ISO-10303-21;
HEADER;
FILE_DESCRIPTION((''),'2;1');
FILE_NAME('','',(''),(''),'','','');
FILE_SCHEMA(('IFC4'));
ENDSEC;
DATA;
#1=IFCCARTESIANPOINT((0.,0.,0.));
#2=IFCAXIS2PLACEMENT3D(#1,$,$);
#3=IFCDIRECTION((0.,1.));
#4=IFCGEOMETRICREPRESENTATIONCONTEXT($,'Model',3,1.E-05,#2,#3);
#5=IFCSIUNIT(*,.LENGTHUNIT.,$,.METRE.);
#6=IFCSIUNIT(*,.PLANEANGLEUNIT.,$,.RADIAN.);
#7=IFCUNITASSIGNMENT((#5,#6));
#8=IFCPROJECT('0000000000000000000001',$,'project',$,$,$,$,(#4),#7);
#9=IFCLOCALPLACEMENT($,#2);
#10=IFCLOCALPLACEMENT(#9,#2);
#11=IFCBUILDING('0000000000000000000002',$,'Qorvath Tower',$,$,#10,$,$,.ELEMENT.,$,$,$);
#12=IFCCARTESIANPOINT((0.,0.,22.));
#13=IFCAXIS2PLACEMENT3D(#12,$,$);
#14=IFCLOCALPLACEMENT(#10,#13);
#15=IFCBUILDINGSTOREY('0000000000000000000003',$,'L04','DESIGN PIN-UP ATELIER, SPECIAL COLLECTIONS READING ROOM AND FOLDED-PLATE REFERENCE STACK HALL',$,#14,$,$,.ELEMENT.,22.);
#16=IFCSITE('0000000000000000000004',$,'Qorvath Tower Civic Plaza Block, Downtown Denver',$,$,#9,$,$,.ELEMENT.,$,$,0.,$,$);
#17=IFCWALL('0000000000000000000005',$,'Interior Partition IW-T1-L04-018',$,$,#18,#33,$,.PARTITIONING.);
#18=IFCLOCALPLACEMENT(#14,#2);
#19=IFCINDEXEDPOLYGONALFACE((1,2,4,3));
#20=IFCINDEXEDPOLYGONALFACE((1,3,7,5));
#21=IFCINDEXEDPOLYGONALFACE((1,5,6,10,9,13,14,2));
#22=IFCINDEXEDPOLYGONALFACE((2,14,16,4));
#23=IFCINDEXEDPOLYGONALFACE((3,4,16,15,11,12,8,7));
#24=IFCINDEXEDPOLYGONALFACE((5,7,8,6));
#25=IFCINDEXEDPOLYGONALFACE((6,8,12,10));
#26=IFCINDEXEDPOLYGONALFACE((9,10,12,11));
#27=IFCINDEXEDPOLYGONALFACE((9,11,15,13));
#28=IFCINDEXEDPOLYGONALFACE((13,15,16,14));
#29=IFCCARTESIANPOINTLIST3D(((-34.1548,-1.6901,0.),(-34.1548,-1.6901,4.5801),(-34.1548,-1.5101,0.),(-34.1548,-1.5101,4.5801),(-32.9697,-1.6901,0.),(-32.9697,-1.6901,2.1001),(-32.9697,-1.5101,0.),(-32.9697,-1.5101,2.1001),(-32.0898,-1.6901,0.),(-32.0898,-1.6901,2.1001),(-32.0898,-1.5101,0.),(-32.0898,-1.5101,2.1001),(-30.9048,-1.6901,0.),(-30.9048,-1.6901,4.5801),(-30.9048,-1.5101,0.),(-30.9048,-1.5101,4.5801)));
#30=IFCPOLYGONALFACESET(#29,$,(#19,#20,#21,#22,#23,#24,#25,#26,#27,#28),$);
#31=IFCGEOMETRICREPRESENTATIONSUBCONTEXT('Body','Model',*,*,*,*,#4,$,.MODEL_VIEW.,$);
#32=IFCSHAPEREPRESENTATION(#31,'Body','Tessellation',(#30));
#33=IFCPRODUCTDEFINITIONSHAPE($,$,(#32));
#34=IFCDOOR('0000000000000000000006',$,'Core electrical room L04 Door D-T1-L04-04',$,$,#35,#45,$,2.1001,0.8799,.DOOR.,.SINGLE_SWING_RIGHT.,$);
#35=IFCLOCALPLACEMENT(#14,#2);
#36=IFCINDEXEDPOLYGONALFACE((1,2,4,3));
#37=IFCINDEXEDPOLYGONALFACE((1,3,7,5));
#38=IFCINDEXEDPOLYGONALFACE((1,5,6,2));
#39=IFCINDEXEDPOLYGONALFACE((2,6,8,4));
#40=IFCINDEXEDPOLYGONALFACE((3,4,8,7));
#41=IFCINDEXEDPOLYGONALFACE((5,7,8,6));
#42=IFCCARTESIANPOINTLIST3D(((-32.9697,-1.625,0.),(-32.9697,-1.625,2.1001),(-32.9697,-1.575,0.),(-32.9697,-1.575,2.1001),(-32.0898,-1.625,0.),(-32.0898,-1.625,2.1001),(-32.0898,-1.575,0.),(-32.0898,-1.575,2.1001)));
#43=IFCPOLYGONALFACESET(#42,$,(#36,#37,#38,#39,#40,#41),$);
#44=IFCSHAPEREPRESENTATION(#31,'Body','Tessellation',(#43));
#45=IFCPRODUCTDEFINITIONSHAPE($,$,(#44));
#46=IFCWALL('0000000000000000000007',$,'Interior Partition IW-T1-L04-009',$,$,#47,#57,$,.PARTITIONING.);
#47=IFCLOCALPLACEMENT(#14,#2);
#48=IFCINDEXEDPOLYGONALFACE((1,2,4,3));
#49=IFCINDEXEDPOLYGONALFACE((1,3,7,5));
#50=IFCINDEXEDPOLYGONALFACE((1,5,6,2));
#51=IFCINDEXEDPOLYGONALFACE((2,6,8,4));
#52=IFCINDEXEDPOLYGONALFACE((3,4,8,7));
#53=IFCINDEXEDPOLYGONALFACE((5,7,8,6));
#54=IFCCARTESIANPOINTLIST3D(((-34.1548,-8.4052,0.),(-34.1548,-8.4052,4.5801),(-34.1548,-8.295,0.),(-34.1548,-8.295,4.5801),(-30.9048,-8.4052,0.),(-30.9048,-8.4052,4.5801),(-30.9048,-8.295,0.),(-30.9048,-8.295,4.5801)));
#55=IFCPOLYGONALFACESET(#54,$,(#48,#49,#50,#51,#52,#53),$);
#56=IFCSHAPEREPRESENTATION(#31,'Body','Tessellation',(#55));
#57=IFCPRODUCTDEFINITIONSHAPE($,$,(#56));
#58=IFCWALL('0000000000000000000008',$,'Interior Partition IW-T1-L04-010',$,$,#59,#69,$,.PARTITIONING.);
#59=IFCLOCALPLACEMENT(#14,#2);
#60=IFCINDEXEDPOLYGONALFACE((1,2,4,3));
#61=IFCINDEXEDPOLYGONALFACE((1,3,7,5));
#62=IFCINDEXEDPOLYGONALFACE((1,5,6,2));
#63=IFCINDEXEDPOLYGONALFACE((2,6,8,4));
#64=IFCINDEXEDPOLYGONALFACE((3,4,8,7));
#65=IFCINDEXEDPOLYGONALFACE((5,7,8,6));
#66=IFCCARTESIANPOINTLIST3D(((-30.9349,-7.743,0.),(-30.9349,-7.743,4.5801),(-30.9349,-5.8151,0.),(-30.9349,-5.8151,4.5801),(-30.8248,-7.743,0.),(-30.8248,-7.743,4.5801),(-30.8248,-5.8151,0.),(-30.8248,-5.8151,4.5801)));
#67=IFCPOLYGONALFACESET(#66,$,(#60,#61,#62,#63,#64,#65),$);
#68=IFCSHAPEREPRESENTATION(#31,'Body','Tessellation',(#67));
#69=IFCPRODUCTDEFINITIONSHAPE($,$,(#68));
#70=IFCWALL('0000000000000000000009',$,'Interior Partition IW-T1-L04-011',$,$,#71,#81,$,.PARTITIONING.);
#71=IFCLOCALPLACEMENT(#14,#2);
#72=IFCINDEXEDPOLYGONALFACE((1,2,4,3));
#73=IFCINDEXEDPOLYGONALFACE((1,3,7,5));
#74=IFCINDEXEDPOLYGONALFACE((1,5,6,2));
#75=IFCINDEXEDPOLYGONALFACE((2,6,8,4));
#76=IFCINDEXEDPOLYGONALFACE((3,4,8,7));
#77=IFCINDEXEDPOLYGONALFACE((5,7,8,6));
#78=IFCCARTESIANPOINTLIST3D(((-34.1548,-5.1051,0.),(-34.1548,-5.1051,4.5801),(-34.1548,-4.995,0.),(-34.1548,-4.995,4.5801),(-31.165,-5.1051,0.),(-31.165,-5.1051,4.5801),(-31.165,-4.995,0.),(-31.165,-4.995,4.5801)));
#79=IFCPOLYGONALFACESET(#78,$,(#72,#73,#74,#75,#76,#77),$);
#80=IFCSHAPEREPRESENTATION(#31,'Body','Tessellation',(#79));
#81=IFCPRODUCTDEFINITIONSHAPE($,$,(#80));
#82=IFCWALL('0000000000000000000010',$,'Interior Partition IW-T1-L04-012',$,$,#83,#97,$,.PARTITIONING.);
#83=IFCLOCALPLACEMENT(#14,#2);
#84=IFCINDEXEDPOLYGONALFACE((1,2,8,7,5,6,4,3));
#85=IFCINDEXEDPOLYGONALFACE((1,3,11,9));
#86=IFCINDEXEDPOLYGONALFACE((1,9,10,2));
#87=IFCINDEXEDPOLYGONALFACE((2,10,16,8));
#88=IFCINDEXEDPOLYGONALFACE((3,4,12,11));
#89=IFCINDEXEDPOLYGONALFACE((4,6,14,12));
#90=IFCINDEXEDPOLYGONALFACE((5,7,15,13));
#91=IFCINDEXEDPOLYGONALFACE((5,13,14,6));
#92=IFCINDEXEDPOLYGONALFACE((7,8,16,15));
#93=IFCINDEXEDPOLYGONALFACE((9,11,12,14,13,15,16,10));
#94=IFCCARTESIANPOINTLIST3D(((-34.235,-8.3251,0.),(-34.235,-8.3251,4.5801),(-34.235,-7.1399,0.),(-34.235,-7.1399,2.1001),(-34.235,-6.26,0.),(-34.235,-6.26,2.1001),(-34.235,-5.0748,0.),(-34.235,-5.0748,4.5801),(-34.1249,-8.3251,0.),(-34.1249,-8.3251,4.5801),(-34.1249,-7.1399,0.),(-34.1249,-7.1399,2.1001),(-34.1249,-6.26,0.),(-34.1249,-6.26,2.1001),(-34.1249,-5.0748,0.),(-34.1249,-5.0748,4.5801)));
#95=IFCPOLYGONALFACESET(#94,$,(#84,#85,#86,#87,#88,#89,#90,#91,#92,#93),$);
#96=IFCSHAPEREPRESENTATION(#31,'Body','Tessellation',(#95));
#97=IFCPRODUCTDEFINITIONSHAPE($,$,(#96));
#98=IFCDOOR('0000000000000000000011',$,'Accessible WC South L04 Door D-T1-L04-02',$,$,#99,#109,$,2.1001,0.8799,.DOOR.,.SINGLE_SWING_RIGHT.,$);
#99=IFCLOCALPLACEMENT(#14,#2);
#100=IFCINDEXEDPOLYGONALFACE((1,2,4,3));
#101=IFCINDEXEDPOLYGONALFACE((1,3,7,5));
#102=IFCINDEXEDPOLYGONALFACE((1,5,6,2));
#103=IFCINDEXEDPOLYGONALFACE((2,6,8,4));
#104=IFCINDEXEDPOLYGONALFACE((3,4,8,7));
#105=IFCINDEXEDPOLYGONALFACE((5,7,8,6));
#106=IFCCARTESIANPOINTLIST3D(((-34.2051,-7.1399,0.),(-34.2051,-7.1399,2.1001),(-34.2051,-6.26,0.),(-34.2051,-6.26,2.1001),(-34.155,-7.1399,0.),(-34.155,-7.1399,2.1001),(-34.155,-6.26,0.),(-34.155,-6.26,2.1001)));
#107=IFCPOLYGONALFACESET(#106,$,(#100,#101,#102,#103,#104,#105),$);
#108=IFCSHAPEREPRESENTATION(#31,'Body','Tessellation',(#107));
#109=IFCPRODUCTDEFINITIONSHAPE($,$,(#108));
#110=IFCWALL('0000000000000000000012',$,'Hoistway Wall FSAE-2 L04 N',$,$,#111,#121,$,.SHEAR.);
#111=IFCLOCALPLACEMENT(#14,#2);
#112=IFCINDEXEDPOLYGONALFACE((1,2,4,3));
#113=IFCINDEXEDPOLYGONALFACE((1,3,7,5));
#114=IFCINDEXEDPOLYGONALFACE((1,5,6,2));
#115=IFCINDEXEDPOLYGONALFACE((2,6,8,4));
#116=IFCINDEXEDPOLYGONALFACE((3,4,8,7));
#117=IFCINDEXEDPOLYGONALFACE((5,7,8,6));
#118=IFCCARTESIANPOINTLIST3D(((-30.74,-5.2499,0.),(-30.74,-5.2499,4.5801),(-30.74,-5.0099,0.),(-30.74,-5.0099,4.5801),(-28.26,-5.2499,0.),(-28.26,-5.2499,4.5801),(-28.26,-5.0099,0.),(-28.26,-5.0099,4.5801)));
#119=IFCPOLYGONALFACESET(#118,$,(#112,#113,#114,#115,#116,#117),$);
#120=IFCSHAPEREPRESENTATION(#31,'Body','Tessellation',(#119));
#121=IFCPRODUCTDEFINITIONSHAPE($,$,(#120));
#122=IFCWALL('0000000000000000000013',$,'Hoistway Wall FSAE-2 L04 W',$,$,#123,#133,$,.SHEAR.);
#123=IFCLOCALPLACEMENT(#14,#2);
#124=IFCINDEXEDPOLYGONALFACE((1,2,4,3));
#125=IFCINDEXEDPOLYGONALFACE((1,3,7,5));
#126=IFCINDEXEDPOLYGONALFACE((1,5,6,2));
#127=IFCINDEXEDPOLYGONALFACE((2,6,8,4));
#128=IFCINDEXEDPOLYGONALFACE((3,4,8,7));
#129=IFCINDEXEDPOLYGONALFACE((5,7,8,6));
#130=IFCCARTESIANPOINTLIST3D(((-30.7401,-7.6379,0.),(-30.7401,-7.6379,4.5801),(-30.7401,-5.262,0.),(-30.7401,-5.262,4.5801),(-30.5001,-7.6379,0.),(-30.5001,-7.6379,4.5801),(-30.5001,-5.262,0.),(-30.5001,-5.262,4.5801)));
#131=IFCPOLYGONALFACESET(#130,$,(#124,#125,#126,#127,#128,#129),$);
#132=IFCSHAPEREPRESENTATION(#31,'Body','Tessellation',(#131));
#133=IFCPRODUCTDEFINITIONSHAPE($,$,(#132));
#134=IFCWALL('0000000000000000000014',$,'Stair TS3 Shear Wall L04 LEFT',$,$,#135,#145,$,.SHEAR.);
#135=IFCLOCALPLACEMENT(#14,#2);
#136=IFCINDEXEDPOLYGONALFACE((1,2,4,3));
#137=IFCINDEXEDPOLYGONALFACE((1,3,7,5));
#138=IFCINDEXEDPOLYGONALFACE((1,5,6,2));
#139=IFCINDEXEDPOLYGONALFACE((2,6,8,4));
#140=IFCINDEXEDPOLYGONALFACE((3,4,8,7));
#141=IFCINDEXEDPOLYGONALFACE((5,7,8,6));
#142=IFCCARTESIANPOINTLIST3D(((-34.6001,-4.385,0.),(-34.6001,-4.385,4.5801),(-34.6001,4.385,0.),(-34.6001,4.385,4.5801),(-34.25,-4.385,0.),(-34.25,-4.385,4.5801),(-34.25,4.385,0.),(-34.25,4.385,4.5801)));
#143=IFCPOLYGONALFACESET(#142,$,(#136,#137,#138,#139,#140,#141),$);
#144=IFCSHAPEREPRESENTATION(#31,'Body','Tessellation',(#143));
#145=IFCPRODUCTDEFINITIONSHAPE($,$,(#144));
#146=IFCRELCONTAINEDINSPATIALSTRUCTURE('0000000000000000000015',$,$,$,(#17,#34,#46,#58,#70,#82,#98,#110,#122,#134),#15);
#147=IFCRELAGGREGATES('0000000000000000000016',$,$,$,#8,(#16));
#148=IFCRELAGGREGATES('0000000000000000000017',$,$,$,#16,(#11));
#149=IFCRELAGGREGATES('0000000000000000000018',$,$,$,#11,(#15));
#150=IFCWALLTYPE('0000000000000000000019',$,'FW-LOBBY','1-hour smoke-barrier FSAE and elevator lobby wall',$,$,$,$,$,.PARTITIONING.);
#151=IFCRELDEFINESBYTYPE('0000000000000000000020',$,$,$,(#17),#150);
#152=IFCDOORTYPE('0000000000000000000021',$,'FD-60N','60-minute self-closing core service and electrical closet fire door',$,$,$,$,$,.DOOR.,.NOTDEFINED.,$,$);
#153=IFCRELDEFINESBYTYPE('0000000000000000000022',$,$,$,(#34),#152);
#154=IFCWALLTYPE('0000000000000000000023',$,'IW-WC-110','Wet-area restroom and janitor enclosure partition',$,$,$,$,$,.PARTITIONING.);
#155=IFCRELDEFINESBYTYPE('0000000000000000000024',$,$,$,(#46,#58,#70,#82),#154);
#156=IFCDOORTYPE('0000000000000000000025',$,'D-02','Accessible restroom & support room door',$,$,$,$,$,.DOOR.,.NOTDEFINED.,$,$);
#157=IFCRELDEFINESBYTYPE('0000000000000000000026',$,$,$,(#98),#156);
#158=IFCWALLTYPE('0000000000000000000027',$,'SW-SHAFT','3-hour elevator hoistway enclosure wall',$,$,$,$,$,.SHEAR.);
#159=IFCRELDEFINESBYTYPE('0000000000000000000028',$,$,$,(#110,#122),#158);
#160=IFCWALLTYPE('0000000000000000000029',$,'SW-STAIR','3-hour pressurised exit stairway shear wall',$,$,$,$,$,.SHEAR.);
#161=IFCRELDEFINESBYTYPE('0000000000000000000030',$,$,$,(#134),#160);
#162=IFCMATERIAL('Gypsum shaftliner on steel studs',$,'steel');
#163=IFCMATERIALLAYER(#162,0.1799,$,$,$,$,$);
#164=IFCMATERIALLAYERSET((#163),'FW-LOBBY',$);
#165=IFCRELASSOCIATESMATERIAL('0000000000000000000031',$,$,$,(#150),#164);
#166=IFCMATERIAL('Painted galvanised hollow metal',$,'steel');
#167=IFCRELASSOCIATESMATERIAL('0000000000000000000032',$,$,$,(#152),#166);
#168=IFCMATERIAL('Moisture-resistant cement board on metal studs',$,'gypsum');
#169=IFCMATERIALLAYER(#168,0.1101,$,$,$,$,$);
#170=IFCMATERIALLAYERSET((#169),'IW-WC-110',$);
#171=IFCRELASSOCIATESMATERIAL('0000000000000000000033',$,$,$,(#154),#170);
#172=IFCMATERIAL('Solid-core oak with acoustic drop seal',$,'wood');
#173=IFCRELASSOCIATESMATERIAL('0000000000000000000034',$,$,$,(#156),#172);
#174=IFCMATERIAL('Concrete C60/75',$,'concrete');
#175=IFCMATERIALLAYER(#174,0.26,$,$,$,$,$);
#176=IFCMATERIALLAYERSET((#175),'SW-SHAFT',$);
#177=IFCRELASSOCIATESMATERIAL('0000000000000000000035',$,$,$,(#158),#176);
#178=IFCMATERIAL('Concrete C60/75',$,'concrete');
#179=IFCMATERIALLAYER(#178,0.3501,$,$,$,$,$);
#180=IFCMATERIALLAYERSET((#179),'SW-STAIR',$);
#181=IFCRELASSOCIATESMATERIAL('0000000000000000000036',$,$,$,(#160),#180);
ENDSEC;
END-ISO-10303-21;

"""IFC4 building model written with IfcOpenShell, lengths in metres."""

from ifc_helpers import new_model, si_unit, direction, frame, frame_2d, origin, place, context, subcontext, project, spatial, rectangle, extrude, material, layer, layer_set, type_object, element, fill, save


model = new_model("IFC4")

# Units and contexts
model_context = context("Model", 3, precision=1e-05, world=origin(), true_north=direction((0.0, 1.0)))
body_context = subcontext(model_context, "Body", "Model", "MODEL_VIEW")
ifc_project = project(units=[si_unit("LENGTHUNIT", "METRE"), si_unit("PLANEANGLEUNIT", "RADIAN")], contexts=[model_context])

# Site, building, storey
site_placement = place(None, origin())
site = spatial("IfcSite", under=ifc_project, at=site_placement, Name="Qorvath Tower Civic Plaza Block, Downtown Denver", CompositionType="ELEMENT", RefElevation=0.0)
building_placement = place(site_placement, origin())
building = spatial("IfcBuilding", under=site, at=building_placement, Name="Qorvath Tower", CompositionType="ELEMENT")
storey_placement = place(building_placement, frame((0.0, 0.0, 22.0)))
storey = spatial("IfcBuildingStorey", under=building, at=storey_placement, Name="L04", Description="DESIGN PIN-UP ATELIER, SPECIAL COLLECTIONS READING ROOM AND FOLDED-PLATE REFERENCE STACK HALL", CompositionType="ELEMENT", Elevation=22.0)

# Shared definitions
ifc_material_1 = material(Name="Gypsum shaftliner on steel studs", Category="steel")
ifc_layer_1 = layer(ifc_material_1, 0.1799)
ifc_layer_set_1 = layer_set([ifc_layer_1], Name="FW-LOBBY")
wall_type_1 = type_object("IfcWallType", Name="FW-LOBBY", Description="1-hour smoke-barrier FSAE and elevator lobby wall", PredefinedType="PARTITIONING", material=ifc_layer_set_1)

# Wall, opening, door
wall_1_placement = place(storey_placement, frame((-30.9048, -1.6001, 0.0), z_axis=(0.0, 0.0, 1.0), x_axis=(-1.0, 0.0, 0.0)))
wall_1 = element("IfcWall", 1, at=wall_1_placement, inside=storey, type_object=wall_type_1, Name="Interior Partition IW-T1-L04-018", PredefinedType="PARTITIONING", context=body_context, shape_type="SweptSolid", body=[
    extrude(rectangle(XDim=3.25, YDim=0.1799, at=frame_2d((1.625, 0.0))), origin(), (0.0, 0.0, 1.0), 4.5801),
])
opening_1_placement = place(wall_1_placement, frame((1.1851, 0.0, 0.0)))
opening_1 = element("IfcOpeningElement", 2, at=opening_1_placement, cuts=wall_1, PredefinedType="OPENING", context=body_context, shape_type="SweptSolid", body=[
    extrude(rectangle(XDim=0.8799, YDim=2.1001, at=frame_2d((0.4399, 1.05))), frame((0.0, 0.1001, 0.0), z_axis=(0.0, -1.0, 0.0), x_axis=(1.0, 0.0, 0.0)), (0.0, 0.0, 1.0), 0.2),
])
ifc_material_2 = material(Name="Painted galvanised hollow metal", Category="steel")
door_type_1 = type_object("IfcDoorType", Name="FD-60N", Description="60-minute self-closing core service and electrical closet fire door", OperationType="NOTDEFINED", PredefinedType="DOOR", material=ifc_material_2)
door_1_placement = place(opening_1_placement, origin())
door_1 = element("IfcDoor", 3, at=door_1_placement, inside=storey, type_object=door_type_1, Name="Core electrical room L04 Door D-T1-L04-04", OperationType="SINGLE_SWING_RIGHT", OverallHeight=2.1001, OverallWidth=0.8799, PredefinedType="DOOR", context=body_context, shape_type="SweptSolid", body=[
    extrude(rectangle(XDim=0.8799, YDim=2.1001, at=frame_2d((0.4399, 1.05))), frame((0.0, 0.0249, 0.0), z_axis=(0.0, -1.0, 0.0), x_axis=(1.0, 0.0, 0.0)), (0.0, 0.0, 1.0), 0.05),
])
fill(opening_1, door_1)

# Walls
ifc_material_3 = material(Name="Moisture-resistant cement board on metal studs", Category="gypsum")
ifc_layer_2 = layer(ifc_material_3, 0.1101)
ifc_layer_set_2 = layer_set([ifc_layer_2], Name="IW-WC-110")
wall_type_2 = type_object("IfcWallType", Name="IW-WC-110", Description="Wet-area restroom and janitor enclosure partition", PredefinedType="PARTITIONING", material=ifc_layer_set_2)
wall_2_placement = place(storey_placement, frame((-34.1548, -8.3501, 0.0), z_axis=(0.0, 0.0, 1.0), x_axis=(1.0, 0.0, 0.0)))
element("IfcWall", 4, at=wall_2_placement, inside=storey, type_object=wall_type_2, Name="Interior Partition IW-T1-L04-009", PredefinedType="PARTITIONING", context=body_context, shape_type="SweptSolid", body=[
    extrude(rectangle(XDim=3.25, YDim=0.1101, at=frame_2d((1.625, 0.0))), origin(), (0.0, 0.0, 1.0), 4.5801),
])
wall_3_placement = place(storey_placement, frame((-30.8799, -7.7429, 0.0), z_axis=(0.0, 0.0, 1.0), x_axis=(0.0, 1.0, 0.0)))
element("IfcWall", 5, at=wall_3_placement, inside=storey, type_object=wall_type_2, Name="Interior Partition IW-T1-L04-010", PredefinedType="PARTITIONING", context=body_context, shape_type="SweptSolid", body=[
    extrude(rectangle(XDim=1.928, YDim=0.1101, at=frame_2d((0.9639, 0.0))), origin(), (0.0, 0.0, 1.0), 4.5801),
])
wall_4_placement = place(storey_placement, frame((-31.165, -5.05, 0.0), z_axis=(0.0, 0.0, 1.0), x_axis=(-1.0, 0.0, 0.0)))
element("IfcWall", 6, at=wall_4_placement, inside=storey, type_object=wall_type_2, Name="Interior Partition IW-T1-L04-011", PredefinedType="PARTITIONING", context=body_context, shape_type="SweptSolid", body=[
    extrude(rectangle(XDim=2.9897, YDim=0.1101, at=frame_2d((1.4949, 0.0))), origin(), (0.0, 0.0, 1.0), 4.5801),
])

# Wall, opening, door
wall_5_placement = place(storey_placement, frame((-34.1799, -5.075, 0.0), z_axis=(0.0, 0.0, 1.0), x_axis=(0.0, -1.0, 0.0)))
wall_5 = element("IfcWall", 7, at=wall_5_placement, inside=storey, type_object=wall_type_2, Name="Interior Partition IW-T1-L04-012", PredefinedType="PARTITIONING", context=body_context, shape_type="SweptSolid", body=[
    extrude(rectangle(XDim=3.2502, YDim=0.1101, at=frame_2d((1.625, 0.0))), origin(), (0.0, 0.0, 1.0), 4.5801),
])
opening_2_placement = place(wall_5_placement, frame((1.1851, 0.0, 0.0)))
opening_2 = element("IfcOpeningElement", 8, at=opening_2_placement, cuts=wall_5, PredefinedType="OPENING", context=body_context, shape_type="SweptSolid", body=[
    extrude(rectangle(XDim=0.8799, YDim=2.1001, at=frame_2d((0.4399, 1.05))), frame((0.0, 0.0649, 0.0), z_axis=(0.0, -1.0, 0.0), x_axis=(1.0, 0.0, 0.0)), (0.0, 0.0, 1.0), 0.1301),
])
ifc_material_4 = material(Name="Solid-core oak with acoustic drop seal", Category="wood")
door_type_2 = type_object("IfcDoorType", Name="D-02", Description="Accessible restroom & support room door", OperationType="NOTDEFINED", PredefinedType="DOOR", material=ifc_material_4)
door_2_placement = place(opening_2_placement, origin())
door_2 = element("IfcDoor", 9, at=door_2_placement, inside=storey, type_object=door_type_2, Name="Accessible WC South L04 Door D-T1-L04-02", OperationType="SINGLE_SWING_RIGHT", OverallHeight=2.1001, OverallWidth=0.8799, PredefinedType="DOOR", context=body_context, shape_type="SweptSolid", body=[
    extrude(rectangle(XDim=0.8799, YDim=2.1001, at=frame_2d((0.4399, 1.05))), frame((0.0, 0.0249, 0.0), z_axis=(0.0, -1.0, 0.0), x_axis=(1.0, 0.0, 0.0)), (0.0, 0.0, 1.0), 0.05),
])
fill(opening_2, door_2)

# Walls
ifc_material_5 = material(Name="Concrete C60/75", Category="concrete")
ifc_layer_3 = layer(ifc_material_5, 0.26)
ifc_layer_set_3 = layer_set([ifc_layer_3], Name="SW-SHAFT")
wall_type_3 = type_object("IfcWallType", Name="SW-SHAFT", Description="3-hour elevator hoistway enclosure wall", PredefinedType="SHEAR", material=ifc_layer_set_3)
wall_6_placement = place(storey_placement, frame((-30.74, -5.1299, 0.0), z_axis=(0.0, 0.0, 1.0), x_axis=(1.0, 0.0, 0.0)))
element("IfcWall", 10, at=wall_6_placement, inside=storey, type_object=wall_type_3, Name="Hoistway Wall FSAE-2 L04 N", PredefinedType="SHEAR", context=body_context, shape_type="SweptSolid", body=[
    extrude(rectangle(XDim=2.48, YDim=0.24, at=frame_2d((1.24, 0.0))), origin(), (0.0, 0.0, 1.0), 4.5801),
])
wall_7_placement = place(storey_placement, frame((-30.6201, -7.6379, 0.0), z_axis=(0.0, 0.0, 1.0), x_axis=(0.0, 1.0, 0.0)))
element("IfcWall", 11, at=wall_7_placement, inside=storey, type_object=wall_type_3, Name="Hoistway Wall FSAE-2 L04 W", PredefinedType="SHEAR", context=body_context, shape_type="SweptSolid", body=[
    extrude(rectangle(XDim=2.376, YDim=0.24, at=frame_2d((1.188, 0.0))), origin(), (0.0, 0.0, 1.0), 4.5801),
])
ifc_material_6 = material(Name="Concrete C60/75", Category="concrete")
ifc_layer_4 = layer(ifc_material_6, 0.3501)
ifc_layer_set_4 = layer_set([ifc_layer_4], Name="SW-STAIR")
wall_type_4 = type_object("IfcWallType", Name="SW-STAIR", Description="3-hour pressurised exit stairway shear wall", PredefinedType="SHEAR", material=ifc_layer_set_4)
wall_8_placement = place(storey_placement, frame((-34.425, -4.385, 0.0), z_axis=(0.0, 0.0, 1.0), x_axis=(0.0, 1.0, 0.0)))
element("IfcWall", 12, at=wall_8_placement, inside=storey, type_object=wall_type_4, Name="Stair TS3 Shear Wall L04 LEFT", PredefinedType="SHEAR", context=body_context, shape_type="SweptSolid", body=[
    extrude(rectangle(XDim=8.77, YDim=0.3501, at=frame_2d((4.385, 0.0))), origin(), (0.0, 0.0, 1.0), 4.5801),
])

save(model, "model.ifc")
